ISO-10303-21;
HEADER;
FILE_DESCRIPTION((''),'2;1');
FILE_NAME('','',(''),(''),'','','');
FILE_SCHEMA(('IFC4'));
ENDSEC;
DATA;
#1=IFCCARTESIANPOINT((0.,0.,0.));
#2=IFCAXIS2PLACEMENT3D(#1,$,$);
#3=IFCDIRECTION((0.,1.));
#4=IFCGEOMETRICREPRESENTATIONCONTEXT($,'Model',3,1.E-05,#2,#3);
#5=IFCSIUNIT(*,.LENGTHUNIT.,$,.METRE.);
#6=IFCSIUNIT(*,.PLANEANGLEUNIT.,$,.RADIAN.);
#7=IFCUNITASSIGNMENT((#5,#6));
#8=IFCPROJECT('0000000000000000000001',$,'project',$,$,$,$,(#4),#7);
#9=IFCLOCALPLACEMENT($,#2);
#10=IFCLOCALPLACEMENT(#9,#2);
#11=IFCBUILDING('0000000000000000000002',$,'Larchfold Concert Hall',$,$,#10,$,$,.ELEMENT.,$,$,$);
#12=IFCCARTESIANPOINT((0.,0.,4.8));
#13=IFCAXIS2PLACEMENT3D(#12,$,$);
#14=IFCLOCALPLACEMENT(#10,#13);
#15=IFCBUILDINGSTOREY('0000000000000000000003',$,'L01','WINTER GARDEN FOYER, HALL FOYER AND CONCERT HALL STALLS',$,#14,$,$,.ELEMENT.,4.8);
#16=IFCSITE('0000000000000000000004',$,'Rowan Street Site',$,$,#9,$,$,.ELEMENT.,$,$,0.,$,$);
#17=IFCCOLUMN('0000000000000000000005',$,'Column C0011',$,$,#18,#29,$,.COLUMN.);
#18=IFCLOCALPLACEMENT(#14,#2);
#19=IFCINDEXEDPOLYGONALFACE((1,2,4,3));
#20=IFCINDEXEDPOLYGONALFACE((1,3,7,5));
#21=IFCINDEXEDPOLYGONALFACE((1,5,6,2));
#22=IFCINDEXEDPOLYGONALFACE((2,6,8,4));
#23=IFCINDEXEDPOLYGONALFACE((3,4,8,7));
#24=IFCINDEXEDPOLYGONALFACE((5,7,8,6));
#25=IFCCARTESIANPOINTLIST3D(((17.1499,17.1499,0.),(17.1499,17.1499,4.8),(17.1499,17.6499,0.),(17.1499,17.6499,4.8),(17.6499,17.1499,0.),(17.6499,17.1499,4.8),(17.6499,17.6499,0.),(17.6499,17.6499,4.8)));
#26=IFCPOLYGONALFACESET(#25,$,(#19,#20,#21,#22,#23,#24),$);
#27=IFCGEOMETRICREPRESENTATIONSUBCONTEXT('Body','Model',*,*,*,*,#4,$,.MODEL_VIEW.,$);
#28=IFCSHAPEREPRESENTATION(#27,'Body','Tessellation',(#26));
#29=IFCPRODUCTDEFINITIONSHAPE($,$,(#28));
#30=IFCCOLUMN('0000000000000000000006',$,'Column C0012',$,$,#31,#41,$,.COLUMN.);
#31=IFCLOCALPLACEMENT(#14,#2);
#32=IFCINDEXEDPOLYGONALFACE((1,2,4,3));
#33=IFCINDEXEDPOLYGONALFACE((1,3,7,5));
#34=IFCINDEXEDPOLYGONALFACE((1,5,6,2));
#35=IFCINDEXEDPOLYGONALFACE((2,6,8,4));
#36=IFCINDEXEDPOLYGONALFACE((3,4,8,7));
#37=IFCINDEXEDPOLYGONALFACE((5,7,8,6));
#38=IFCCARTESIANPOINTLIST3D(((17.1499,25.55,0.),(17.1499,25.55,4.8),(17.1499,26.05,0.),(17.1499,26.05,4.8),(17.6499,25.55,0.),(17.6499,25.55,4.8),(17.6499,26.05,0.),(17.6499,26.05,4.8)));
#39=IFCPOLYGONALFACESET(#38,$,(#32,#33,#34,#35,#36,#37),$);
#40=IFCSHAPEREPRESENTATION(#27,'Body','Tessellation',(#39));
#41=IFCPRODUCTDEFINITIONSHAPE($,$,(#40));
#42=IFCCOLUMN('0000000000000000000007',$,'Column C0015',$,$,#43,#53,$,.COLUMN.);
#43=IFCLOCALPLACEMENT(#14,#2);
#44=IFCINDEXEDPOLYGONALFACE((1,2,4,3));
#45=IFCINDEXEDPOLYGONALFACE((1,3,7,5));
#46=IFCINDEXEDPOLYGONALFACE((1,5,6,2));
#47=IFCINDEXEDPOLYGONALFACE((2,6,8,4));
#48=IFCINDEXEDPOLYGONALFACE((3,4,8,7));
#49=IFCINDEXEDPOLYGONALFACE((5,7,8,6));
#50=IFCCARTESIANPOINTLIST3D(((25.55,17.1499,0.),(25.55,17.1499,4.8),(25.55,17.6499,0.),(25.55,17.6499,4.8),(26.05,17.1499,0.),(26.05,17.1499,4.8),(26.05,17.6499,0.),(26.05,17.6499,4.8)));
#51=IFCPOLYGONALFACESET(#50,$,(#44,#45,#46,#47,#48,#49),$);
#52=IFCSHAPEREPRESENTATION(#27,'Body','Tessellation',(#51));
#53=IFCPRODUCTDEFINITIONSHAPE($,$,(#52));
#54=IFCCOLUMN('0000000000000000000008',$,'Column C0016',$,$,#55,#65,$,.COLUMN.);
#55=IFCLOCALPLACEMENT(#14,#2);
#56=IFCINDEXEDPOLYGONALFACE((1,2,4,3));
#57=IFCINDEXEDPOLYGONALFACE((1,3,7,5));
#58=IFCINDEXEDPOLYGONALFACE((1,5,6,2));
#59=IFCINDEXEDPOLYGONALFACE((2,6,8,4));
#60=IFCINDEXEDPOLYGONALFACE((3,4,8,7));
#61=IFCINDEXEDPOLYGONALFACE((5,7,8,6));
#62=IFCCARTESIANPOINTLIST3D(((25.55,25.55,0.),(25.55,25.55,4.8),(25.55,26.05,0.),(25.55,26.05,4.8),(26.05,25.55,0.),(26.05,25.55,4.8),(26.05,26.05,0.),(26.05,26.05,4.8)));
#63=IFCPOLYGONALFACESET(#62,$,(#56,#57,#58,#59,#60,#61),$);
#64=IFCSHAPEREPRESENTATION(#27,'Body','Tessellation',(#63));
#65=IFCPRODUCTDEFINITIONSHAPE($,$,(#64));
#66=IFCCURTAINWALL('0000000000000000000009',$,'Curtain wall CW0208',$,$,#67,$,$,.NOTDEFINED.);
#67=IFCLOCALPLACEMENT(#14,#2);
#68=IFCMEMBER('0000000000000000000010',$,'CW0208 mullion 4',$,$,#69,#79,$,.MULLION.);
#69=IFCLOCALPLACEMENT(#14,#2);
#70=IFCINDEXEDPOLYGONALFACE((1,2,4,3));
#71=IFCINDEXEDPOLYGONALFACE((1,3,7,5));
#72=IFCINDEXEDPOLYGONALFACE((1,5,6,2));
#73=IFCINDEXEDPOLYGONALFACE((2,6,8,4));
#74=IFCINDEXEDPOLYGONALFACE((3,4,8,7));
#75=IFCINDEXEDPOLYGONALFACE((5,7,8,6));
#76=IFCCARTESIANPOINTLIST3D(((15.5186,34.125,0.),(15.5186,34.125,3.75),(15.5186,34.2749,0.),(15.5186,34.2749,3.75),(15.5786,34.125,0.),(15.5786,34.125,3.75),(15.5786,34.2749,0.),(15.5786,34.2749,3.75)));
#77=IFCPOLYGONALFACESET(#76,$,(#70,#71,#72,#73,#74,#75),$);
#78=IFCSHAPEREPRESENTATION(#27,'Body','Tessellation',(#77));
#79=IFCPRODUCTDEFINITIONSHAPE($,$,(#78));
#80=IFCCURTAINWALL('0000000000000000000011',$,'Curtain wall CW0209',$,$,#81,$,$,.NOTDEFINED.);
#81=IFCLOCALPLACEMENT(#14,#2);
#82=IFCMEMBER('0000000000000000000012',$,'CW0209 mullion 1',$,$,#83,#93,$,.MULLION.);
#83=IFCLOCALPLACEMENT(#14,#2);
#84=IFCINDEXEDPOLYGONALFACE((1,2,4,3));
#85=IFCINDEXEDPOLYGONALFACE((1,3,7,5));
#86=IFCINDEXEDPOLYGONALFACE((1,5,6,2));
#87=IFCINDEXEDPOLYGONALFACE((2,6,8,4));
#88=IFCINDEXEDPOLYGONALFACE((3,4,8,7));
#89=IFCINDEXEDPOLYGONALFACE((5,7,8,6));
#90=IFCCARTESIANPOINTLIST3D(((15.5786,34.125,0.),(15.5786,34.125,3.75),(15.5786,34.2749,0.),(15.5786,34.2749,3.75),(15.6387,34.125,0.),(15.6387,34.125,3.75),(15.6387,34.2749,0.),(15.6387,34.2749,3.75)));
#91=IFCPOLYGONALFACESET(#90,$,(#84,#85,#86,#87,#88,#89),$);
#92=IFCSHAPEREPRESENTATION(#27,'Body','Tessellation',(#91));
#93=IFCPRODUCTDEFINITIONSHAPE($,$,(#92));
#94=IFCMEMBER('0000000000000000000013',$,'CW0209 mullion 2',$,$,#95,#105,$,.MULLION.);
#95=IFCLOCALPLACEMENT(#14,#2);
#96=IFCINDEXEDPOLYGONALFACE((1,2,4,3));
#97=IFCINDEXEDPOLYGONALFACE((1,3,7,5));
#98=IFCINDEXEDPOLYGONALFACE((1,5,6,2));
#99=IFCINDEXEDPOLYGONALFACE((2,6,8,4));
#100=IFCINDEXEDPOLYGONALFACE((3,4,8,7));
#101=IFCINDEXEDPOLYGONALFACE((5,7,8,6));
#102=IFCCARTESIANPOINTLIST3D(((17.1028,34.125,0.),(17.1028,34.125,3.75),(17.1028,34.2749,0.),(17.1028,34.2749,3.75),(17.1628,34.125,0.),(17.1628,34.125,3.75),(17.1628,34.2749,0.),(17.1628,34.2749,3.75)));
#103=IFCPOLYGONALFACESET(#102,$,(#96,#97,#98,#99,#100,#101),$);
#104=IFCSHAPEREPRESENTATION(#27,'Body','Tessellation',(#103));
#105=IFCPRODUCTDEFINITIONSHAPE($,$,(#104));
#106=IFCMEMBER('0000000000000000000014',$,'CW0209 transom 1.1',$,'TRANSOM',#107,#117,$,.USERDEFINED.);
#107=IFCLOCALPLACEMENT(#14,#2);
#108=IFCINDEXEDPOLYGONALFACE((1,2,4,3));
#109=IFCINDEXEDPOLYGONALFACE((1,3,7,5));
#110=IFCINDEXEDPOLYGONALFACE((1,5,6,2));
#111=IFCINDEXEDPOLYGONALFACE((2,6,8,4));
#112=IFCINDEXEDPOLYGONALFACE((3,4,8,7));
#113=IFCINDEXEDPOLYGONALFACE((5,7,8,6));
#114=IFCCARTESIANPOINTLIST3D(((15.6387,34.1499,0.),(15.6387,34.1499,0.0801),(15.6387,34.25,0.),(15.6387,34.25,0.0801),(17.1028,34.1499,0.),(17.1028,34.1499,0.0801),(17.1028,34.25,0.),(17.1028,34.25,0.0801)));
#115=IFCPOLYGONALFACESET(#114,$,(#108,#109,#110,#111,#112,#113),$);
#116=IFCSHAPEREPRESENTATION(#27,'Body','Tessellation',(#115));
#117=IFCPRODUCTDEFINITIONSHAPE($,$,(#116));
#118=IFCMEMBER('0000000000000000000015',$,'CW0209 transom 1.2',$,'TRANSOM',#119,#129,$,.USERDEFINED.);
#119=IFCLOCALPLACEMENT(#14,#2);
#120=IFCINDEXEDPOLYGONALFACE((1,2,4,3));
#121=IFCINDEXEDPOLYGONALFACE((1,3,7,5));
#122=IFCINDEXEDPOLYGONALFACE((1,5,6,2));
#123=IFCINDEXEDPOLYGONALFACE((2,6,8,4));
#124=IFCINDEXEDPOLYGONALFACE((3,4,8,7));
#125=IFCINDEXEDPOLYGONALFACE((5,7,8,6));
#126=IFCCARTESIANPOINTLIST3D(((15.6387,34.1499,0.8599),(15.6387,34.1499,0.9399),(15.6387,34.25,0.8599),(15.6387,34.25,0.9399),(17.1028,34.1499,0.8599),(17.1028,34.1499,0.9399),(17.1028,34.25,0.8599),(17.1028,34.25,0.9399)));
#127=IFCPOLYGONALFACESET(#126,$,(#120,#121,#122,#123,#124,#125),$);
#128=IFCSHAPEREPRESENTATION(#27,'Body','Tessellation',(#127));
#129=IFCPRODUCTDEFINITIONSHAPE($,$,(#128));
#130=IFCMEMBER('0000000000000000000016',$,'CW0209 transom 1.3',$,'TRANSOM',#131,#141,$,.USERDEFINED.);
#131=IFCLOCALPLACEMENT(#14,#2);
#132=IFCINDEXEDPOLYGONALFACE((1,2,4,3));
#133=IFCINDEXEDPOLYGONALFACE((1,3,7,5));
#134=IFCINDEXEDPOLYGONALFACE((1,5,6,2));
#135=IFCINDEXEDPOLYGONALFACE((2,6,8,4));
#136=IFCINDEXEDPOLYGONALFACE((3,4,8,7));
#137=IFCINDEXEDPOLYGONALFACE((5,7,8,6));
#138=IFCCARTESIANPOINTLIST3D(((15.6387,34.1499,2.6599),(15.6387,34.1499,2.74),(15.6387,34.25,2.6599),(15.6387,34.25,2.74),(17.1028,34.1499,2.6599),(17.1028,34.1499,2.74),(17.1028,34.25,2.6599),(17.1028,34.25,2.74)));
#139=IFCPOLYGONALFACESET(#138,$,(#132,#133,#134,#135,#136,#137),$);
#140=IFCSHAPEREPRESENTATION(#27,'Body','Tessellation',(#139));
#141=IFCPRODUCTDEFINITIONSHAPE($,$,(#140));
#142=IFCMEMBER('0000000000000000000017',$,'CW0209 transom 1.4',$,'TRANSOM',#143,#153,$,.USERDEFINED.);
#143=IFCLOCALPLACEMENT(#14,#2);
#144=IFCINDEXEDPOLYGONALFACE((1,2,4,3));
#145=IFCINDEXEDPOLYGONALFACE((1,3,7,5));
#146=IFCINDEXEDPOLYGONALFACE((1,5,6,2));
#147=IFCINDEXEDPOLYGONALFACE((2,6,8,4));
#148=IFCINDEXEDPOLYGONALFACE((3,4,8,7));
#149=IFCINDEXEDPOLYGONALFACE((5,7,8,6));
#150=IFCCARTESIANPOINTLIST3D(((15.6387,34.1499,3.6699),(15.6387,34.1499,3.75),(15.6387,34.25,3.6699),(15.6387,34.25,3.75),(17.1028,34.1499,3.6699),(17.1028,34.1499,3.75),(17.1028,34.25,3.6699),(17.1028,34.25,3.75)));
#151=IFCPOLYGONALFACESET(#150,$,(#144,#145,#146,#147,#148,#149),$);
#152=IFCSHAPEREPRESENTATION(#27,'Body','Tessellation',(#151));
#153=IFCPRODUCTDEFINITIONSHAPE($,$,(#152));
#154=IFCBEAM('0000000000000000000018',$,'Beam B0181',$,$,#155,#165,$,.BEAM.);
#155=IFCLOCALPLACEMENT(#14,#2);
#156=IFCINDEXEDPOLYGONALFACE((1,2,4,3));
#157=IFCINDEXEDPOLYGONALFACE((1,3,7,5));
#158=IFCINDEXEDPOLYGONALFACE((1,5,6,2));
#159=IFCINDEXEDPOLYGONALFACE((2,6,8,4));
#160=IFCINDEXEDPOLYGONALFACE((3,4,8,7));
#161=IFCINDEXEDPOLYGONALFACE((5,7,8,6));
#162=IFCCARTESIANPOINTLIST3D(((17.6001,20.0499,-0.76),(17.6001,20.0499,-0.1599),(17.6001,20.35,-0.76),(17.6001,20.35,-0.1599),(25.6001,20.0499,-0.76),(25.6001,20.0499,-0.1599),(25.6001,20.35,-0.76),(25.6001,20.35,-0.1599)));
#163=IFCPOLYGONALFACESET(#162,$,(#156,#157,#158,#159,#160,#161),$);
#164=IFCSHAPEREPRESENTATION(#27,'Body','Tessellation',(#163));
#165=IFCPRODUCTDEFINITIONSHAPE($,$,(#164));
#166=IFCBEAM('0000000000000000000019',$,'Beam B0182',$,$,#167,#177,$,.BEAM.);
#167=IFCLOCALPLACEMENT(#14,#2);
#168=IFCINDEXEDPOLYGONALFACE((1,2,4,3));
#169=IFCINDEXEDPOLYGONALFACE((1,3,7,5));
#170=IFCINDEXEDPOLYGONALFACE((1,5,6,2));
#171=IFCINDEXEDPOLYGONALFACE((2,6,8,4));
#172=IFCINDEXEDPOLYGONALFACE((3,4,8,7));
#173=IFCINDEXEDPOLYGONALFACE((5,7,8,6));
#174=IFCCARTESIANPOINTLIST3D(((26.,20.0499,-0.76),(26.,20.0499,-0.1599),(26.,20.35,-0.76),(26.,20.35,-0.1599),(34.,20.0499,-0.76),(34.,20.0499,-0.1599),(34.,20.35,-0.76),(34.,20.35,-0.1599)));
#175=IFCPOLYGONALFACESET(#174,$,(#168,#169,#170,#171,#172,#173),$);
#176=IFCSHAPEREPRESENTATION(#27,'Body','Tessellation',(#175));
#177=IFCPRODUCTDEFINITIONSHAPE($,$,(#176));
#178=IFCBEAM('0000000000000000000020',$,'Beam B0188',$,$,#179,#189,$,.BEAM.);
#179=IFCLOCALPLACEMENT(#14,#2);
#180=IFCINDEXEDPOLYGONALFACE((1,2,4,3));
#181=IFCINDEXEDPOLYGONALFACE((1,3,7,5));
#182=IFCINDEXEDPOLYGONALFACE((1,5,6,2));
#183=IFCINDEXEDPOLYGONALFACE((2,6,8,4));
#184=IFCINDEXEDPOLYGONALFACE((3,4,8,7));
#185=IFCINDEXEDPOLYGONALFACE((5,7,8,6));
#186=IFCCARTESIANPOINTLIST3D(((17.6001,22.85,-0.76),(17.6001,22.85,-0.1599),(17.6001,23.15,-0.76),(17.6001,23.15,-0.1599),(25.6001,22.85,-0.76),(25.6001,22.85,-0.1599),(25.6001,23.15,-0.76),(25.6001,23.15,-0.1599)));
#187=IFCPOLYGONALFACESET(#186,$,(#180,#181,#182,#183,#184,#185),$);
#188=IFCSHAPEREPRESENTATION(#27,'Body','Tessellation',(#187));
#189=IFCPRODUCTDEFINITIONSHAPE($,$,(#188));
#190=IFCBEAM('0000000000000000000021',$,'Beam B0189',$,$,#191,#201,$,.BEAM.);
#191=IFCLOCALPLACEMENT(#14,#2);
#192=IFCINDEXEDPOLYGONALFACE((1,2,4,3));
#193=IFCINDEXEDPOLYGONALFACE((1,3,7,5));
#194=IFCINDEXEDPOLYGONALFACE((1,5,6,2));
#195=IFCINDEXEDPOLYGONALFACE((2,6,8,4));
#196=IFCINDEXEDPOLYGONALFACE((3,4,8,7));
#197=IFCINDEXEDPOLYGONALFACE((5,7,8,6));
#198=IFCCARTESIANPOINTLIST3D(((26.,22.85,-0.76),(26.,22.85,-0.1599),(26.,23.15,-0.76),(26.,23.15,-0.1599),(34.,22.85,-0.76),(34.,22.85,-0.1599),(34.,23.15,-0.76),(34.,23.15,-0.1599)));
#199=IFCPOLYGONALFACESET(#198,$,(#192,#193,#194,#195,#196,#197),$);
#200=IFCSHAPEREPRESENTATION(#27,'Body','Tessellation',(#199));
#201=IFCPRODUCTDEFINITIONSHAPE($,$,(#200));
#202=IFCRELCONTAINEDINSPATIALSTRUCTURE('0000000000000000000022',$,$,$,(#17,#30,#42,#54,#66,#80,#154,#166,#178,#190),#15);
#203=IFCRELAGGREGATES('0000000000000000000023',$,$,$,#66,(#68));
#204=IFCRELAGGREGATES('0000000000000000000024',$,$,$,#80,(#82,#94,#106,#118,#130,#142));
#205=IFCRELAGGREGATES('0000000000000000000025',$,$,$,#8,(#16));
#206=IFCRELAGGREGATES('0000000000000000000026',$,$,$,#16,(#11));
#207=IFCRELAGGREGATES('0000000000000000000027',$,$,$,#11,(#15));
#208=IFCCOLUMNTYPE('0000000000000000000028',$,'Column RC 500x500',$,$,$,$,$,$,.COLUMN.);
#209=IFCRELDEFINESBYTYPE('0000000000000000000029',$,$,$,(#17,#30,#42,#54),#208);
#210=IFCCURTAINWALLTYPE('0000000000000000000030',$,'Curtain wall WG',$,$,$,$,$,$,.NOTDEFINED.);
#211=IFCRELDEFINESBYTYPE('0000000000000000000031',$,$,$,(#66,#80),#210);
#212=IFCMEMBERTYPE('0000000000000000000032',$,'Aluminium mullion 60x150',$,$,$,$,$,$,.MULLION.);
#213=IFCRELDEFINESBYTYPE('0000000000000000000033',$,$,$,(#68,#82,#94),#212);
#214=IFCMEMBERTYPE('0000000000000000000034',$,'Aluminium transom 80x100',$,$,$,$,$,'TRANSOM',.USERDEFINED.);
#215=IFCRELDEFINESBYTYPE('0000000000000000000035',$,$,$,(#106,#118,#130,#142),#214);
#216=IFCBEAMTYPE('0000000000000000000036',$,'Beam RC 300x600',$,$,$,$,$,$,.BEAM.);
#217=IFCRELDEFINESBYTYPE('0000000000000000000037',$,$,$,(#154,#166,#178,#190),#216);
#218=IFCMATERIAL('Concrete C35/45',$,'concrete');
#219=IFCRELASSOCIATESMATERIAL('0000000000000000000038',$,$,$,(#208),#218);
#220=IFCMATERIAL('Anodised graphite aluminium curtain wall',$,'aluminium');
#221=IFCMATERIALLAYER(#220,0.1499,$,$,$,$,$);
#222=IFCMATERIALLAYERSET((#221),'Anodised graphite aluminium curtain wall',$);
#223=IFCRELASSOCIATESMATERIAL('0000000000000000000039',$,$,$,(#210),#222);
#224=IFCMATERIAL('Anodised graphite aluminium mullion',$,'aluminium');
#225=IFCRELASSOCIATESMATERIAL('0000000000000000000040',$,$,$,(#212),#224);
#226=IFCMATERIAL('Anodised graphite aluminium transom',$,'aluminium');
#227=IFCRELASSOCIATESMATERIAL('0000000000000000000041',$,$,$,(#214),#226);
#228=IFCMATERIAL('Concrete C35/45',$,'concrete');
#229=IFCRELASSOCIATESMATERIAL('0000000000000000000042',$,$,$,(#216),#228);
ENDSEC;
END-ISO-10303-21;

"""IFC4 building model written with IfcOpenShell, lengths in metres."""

from ifc_helpers import new_model, si_unit, direction, frame, origin, origin_2d, place, context, subcontext, project, spatial, rectangle, extrude, material, layer, layer_set, material_profile, profile_set, type_object, element, aggregate, save


model = new_model("IFC4")

# Units and contexts
model_context = context("Model", 3, precision=1e-05, world=origin(), true_north=direction((0.0, 1.0)))
body_context = subcontext(model_context, "Body", "Model", "MODEL_VIEW")
ifc_project = project(units=[si_unit("LENGTHUNIT", "METRE"), si_unit("PLANEANGLEUNIT", "RADIAN")], contexts=[model_context])

# Site, building, storey
site_placement = place(None, origin())
site = spatial("IfcSite", under=ifc_project, at=site_placement, Name="Rowan Street Site", CompositionType="ELEMENT", RefElevation=0.0)
building_placement = place(site_placement, origin())
building = spatial("IfcBuilding", under=site, at=building_placement, Name="Larchfold Concert Hall", CompositionType="ELEMENT")
storey_placement = place(building_placement, frame((0.0, 0.0, 4.8)))
storey = spatial("IfcBuildingStorey", under=building, at=storey_placement, Name="L01", Description="WINTER GARDEN FOYER, HALL FOYER AND CONCERT HALL STALLS", CompositionType="ELEMENT", Elevation=4.8)

# Columns
ifc_material_1 = material(Name="Concrete C35/45", Category="concrete")
ifc_material_profile_1 = material_profile(ifc_material_1, rectangle(XDim=0.5, YDim=0.5, at=origin_2d()))
ifc_profile_set_1 = profile_set([ifc_material_profile_1], Name="Concrete C35/45")
column_type = type_object("IfcColumnType", Name="Column RC 500x500", PredefinedType="COLUMN", material=ifc_profile_set_1)
for number, where, z_axis, x_axis, name in (
    (1, (17.3999, 17.3999, 0.0), (0.0, 0.0, 1.0), (1.0, 0.0, 0.0), "Column C0011"),
    (2, (17.3999, 25.8, 0.0), (0.0, 0.0, 1.0), (1.0, 0.0, 0.0), "Column C0012"),
    (3, (25.8, 17.3999, 0.0), (0.0, 0.0, 1.0), (1.0, 0.0, 0.0), "Column C0015"),
    (4, (25.8, 25.8, 0.0), (0.0, 0.0, 1.0), (1.0, 0.0, 0.0), "Column C0016"),
):
    element("IfcColumn", number, at=place(storey_placement, frame(where, z_axis=z_axis, x_axis=x_axis)), inside=storey, type_object=column_type, Name=name, PredefinedType="COLUMN", context=body_context, shape_type="SweptSolid", body=[
        extrude(rectangle(XDim=0.5, YDim=0.5, at=origin_2d()), origin(), (0.0, 0.0, 1.0), 4.8),
    ])

# Curtain wall, member
ifc_material_2 = material(Name="Anodised graphite aluminium curtain wall", Category="aluminium")
ifc_layer_1 = layer(ifc_material_2, 0.1499)
ifc_layer_set_1 = layer_set([ifc_layer_1], Name="Anodised graphite aluminium curtain wall")
curtain_wall_type = type_object("IfcCurtainWallType", Name="Curtain wall WG", PredefinedType="NOTDEFINED", material=ifc_layer_set_1)
curtain_wall_1_placement = place(storey_placement, origin())
curtain_wall_1 = element("IfcCurtainWall", 5, at=curtain_wall_1_placement, inside=storey, type_object=curtain_wall_type, Name="Curtain wall CW0208", PredefinedType="NOTDEFINED")
ifc_material_3 = material(Name="Anodised graphite aluminium mullion", Category="aluminium")
ifc_material_profile_2 = material_profile(ifc_material_3, rectangle(XDim=0.1499, YDim=0.0601, at=origin_2d()))
ifc_profile_set_2 = profile_set([ifc_material_profile_2], Name="Anodised graphite aluminium mullion")
member_type_1 = type_object("IfcMemberType", Name="Aluminium mullion 60x150", PredefinedType="MULLION", material=ifc_profile_set_2)
member_1_placement = place(storey_placement, frame((15.5486, 34.2, 0.0), z_axis=(0.0, 0.0, 1.0), x_axis=(0.0, 1.0, 0.0)))
member_1 = element("IfcMember", 6, at=member_1_placement, type_object=member_type_1, Name="CW0208 mullion 4", PredefinedType="MULLION", context=body_context, shape_type="SweptSolid", body=[
    extrude(rectangle(XDim=0.1499, YDim=0.0601, at=origin_2d()), origin(), (0.0, 0.0, 1.0), 3.75),
])
aggregate(curtain_wall_1, [member_1])

# Curtain wall, members
curtain_wall_2_placement = place(storey_placement, origin())
curtain_wall_2 = element("IfcCurtainWall", 7, at=curtain_wall_2_placement, inside=storey, type_object=curtain_wall_type, Name="Curtain wall CW0209", PredefinedType="NOTDEFINED")
member_2_placement = place(storey_placement, frame((15.6086, 34.2, 0.0), z_axis=(0.0, 0.0, 1.0), x_axis=(0.0, 1.0, 0.0)))
member_2 = element("IfcMember", 8, at=member_2_placement, type_object=member_type_1, Name="CW0209 mullion 1", PredefinedType="MULLION", context=body_context, shape_type="SweptSolid", body=[
    extrude(rectangle(XDim=0.1499, YDim=0.0601, at=origin_2d()), origin(), (0.0, 0.0, 1.0), 3.75),
])
member_3_placement = place(storey_placement, frame((17.1328, 34.2, 0.0), z_axis=(0.0, 0.0, 1.0), x_axis=(0.0, 1.0, 0.0)))
member_3 = element("IfcMember", 9, at=member_3_placement, type_object=member_type_1, Name="CW0209 mullion 2", PredefinedType="MULLION", context=body_context, shape_type="SweptSolid", body=[
    extrude(rectangle(XDim=0.1499, YDim=0.0601, at=origin_2d()), origin(), (0.0, 0.0, 1.0), 3.75),
])
ifc_material_4 = material(Name="Anodised graphite aluminium transom", Category="aluminium")
ifc_material_profile_3 = material_profile(ifc_material_4, rectangle(XDim=0.1001, YDim=0.0801, at=origin_2d()))
ifc_profile_set_3 = profile_set([ifc_material_profile_3], Name="Anodised graphite aluminium transom")
member_type_2 = type_object("IfcMemberType", Name="Aluminium transom 80x100", ElementType="TRANSOM", PredefinedType="USERDEFINED", material=ifc_profile_set_3)
member_4_placement = place(storey_placement, frame((15.6387, 34.2, 0.04), z_axis=(1.0, 0.0, 0.0), x_axis=(0.0, 1.0, 0.0)))
member_4 = element("IfcMember", 10, at=member_4_placement, type_object=member_type_2, Name="CW0209 transom 1.1", ObjectType="TRANSOM", PredefinedType="USERDEFINED", context=body_context, shape_type="SweptSolid", body=[
    extrude(rectangle(XDim=0.1001, YDim=0.0801, at=origin_2d()), origin(), (0.0, 0.0, 1.0), 1.4641),
])
member_5_placement = place(storey_placement, frame((15.6387, 34.2, 0.8999), z_axis=(1.0, 0.0, 0.0), x_axis=(0.0, 1.0, 0.0)))
member_5 = element("IfcMember", 11, at=member_5_placement, type_object=member_type_2, Name="CW0209 transom 1.2", ObjectType="TRANSOM", PredefinedType="USERDEFINED", context=body_context, shape_type="SweptSolid", body=[
    extrude(rectangle(XDim=0.1001, YDim=0.0801, at=origin_2d()), origin(), (0.0, 0.0, 1.0), 1.4641),
])
member_6_placement = place(storey_placement, frame((15.6387, 34.2, 2.7), z_axis=(1.0, 0.0, 0.0), x_axis=(0.0, 1.0, 0.0)))
member_6 = element("IfcMember", 12, at=member_6_placement, type_object=member_type_2, Name="CW0209 transom 1.3", ObjectType="TRANSOM", PredefinedType="USERDEFINED", context=body_context, shape_type="SweptSolid", body=[
    extrude(rectangle(XDim=0.1001, YDim=0.0801, at=origin_2d()), origin(), (0.0, 0.0, 1.0), 1.4641),
])
member_7_placement = place(storey_placement, frame((15.6387, 34.2, 3.71), z_axis=(1.0, 0.0, 0.0), x_axis=(0.0, 1.0, 0.0)))
member_7 = element("IfcMember", 13, at=member_7_placement, type_object=member_type_2, Name="CW0209 transom 1.4", ObjectType="TRANSOM", PredefinedType="USERDEFINED", context=body_context, shape_type="SweptSolid", body=[
    extrude(rectangle(XDim=0.1001, YDim=0.0801, at=origin_2d()), origin(), (0.0, 0.0, 1.0), 1.4641),
])

# Beams
ifc_material_5 = material(Name="Concrete C35/45", Category="concrete")
ifc_material_profile_4 = material_profile(ifc_material_5, rectangle(XDim=0.3, YDim=0.6001, at=origin_2d()))
ifc_profile_set_4 = profile_set([ifc_material_profile_4], Name="Concrete C35/45")
beam_type_1 = type_object("IfcBeamType", Name="Beam RC 300x600", PredefinedType="BEAM", material=ifc_profile_set_4)
for number, where, z_axis, x_axis, name in (
    (14, (17.6001, 20.2, -0.46), (1.0, 0.0, 0.0), (0.0, 1.0, 0.0), "Beam B0181"),
    (15, (26.0, 20.2, -0.46), (1.0, 0.0, 0.0), (0.0, 1.0, 0.0), "Beam B0182"),
    (16, (17.6001, 23.0, -0.46), (1.0, 0.0, 0.0), (0.0, 1.0, 0.0), "Beam B0188"),
    (17, (26.0, 23.0, -0.46), (1.0, 0.0, 0.0), (0.0, 1.0, 0.0), "Beam B0189"),
):
    element("IfcBeam", number, at=place(storey_placement, frame(where, z_axis=z_axis, x_axis=x_axis)), inside=storey, type_object=beam_type_1, Name=name, PredefinedType="BEAM", context=body_context, shape_type="SweptSolid", body=[
        extrude(rectangle(XDim=0.3, YDim=0.6001, at=origin_2d()), origin(), (0.0, 0.0, 1.0), 8.0),
    ])

aggregate(curtain_wall_2, [member_2, member_3, member_4, member_5, member_6, member_7])

save(model, "model.ifc")
